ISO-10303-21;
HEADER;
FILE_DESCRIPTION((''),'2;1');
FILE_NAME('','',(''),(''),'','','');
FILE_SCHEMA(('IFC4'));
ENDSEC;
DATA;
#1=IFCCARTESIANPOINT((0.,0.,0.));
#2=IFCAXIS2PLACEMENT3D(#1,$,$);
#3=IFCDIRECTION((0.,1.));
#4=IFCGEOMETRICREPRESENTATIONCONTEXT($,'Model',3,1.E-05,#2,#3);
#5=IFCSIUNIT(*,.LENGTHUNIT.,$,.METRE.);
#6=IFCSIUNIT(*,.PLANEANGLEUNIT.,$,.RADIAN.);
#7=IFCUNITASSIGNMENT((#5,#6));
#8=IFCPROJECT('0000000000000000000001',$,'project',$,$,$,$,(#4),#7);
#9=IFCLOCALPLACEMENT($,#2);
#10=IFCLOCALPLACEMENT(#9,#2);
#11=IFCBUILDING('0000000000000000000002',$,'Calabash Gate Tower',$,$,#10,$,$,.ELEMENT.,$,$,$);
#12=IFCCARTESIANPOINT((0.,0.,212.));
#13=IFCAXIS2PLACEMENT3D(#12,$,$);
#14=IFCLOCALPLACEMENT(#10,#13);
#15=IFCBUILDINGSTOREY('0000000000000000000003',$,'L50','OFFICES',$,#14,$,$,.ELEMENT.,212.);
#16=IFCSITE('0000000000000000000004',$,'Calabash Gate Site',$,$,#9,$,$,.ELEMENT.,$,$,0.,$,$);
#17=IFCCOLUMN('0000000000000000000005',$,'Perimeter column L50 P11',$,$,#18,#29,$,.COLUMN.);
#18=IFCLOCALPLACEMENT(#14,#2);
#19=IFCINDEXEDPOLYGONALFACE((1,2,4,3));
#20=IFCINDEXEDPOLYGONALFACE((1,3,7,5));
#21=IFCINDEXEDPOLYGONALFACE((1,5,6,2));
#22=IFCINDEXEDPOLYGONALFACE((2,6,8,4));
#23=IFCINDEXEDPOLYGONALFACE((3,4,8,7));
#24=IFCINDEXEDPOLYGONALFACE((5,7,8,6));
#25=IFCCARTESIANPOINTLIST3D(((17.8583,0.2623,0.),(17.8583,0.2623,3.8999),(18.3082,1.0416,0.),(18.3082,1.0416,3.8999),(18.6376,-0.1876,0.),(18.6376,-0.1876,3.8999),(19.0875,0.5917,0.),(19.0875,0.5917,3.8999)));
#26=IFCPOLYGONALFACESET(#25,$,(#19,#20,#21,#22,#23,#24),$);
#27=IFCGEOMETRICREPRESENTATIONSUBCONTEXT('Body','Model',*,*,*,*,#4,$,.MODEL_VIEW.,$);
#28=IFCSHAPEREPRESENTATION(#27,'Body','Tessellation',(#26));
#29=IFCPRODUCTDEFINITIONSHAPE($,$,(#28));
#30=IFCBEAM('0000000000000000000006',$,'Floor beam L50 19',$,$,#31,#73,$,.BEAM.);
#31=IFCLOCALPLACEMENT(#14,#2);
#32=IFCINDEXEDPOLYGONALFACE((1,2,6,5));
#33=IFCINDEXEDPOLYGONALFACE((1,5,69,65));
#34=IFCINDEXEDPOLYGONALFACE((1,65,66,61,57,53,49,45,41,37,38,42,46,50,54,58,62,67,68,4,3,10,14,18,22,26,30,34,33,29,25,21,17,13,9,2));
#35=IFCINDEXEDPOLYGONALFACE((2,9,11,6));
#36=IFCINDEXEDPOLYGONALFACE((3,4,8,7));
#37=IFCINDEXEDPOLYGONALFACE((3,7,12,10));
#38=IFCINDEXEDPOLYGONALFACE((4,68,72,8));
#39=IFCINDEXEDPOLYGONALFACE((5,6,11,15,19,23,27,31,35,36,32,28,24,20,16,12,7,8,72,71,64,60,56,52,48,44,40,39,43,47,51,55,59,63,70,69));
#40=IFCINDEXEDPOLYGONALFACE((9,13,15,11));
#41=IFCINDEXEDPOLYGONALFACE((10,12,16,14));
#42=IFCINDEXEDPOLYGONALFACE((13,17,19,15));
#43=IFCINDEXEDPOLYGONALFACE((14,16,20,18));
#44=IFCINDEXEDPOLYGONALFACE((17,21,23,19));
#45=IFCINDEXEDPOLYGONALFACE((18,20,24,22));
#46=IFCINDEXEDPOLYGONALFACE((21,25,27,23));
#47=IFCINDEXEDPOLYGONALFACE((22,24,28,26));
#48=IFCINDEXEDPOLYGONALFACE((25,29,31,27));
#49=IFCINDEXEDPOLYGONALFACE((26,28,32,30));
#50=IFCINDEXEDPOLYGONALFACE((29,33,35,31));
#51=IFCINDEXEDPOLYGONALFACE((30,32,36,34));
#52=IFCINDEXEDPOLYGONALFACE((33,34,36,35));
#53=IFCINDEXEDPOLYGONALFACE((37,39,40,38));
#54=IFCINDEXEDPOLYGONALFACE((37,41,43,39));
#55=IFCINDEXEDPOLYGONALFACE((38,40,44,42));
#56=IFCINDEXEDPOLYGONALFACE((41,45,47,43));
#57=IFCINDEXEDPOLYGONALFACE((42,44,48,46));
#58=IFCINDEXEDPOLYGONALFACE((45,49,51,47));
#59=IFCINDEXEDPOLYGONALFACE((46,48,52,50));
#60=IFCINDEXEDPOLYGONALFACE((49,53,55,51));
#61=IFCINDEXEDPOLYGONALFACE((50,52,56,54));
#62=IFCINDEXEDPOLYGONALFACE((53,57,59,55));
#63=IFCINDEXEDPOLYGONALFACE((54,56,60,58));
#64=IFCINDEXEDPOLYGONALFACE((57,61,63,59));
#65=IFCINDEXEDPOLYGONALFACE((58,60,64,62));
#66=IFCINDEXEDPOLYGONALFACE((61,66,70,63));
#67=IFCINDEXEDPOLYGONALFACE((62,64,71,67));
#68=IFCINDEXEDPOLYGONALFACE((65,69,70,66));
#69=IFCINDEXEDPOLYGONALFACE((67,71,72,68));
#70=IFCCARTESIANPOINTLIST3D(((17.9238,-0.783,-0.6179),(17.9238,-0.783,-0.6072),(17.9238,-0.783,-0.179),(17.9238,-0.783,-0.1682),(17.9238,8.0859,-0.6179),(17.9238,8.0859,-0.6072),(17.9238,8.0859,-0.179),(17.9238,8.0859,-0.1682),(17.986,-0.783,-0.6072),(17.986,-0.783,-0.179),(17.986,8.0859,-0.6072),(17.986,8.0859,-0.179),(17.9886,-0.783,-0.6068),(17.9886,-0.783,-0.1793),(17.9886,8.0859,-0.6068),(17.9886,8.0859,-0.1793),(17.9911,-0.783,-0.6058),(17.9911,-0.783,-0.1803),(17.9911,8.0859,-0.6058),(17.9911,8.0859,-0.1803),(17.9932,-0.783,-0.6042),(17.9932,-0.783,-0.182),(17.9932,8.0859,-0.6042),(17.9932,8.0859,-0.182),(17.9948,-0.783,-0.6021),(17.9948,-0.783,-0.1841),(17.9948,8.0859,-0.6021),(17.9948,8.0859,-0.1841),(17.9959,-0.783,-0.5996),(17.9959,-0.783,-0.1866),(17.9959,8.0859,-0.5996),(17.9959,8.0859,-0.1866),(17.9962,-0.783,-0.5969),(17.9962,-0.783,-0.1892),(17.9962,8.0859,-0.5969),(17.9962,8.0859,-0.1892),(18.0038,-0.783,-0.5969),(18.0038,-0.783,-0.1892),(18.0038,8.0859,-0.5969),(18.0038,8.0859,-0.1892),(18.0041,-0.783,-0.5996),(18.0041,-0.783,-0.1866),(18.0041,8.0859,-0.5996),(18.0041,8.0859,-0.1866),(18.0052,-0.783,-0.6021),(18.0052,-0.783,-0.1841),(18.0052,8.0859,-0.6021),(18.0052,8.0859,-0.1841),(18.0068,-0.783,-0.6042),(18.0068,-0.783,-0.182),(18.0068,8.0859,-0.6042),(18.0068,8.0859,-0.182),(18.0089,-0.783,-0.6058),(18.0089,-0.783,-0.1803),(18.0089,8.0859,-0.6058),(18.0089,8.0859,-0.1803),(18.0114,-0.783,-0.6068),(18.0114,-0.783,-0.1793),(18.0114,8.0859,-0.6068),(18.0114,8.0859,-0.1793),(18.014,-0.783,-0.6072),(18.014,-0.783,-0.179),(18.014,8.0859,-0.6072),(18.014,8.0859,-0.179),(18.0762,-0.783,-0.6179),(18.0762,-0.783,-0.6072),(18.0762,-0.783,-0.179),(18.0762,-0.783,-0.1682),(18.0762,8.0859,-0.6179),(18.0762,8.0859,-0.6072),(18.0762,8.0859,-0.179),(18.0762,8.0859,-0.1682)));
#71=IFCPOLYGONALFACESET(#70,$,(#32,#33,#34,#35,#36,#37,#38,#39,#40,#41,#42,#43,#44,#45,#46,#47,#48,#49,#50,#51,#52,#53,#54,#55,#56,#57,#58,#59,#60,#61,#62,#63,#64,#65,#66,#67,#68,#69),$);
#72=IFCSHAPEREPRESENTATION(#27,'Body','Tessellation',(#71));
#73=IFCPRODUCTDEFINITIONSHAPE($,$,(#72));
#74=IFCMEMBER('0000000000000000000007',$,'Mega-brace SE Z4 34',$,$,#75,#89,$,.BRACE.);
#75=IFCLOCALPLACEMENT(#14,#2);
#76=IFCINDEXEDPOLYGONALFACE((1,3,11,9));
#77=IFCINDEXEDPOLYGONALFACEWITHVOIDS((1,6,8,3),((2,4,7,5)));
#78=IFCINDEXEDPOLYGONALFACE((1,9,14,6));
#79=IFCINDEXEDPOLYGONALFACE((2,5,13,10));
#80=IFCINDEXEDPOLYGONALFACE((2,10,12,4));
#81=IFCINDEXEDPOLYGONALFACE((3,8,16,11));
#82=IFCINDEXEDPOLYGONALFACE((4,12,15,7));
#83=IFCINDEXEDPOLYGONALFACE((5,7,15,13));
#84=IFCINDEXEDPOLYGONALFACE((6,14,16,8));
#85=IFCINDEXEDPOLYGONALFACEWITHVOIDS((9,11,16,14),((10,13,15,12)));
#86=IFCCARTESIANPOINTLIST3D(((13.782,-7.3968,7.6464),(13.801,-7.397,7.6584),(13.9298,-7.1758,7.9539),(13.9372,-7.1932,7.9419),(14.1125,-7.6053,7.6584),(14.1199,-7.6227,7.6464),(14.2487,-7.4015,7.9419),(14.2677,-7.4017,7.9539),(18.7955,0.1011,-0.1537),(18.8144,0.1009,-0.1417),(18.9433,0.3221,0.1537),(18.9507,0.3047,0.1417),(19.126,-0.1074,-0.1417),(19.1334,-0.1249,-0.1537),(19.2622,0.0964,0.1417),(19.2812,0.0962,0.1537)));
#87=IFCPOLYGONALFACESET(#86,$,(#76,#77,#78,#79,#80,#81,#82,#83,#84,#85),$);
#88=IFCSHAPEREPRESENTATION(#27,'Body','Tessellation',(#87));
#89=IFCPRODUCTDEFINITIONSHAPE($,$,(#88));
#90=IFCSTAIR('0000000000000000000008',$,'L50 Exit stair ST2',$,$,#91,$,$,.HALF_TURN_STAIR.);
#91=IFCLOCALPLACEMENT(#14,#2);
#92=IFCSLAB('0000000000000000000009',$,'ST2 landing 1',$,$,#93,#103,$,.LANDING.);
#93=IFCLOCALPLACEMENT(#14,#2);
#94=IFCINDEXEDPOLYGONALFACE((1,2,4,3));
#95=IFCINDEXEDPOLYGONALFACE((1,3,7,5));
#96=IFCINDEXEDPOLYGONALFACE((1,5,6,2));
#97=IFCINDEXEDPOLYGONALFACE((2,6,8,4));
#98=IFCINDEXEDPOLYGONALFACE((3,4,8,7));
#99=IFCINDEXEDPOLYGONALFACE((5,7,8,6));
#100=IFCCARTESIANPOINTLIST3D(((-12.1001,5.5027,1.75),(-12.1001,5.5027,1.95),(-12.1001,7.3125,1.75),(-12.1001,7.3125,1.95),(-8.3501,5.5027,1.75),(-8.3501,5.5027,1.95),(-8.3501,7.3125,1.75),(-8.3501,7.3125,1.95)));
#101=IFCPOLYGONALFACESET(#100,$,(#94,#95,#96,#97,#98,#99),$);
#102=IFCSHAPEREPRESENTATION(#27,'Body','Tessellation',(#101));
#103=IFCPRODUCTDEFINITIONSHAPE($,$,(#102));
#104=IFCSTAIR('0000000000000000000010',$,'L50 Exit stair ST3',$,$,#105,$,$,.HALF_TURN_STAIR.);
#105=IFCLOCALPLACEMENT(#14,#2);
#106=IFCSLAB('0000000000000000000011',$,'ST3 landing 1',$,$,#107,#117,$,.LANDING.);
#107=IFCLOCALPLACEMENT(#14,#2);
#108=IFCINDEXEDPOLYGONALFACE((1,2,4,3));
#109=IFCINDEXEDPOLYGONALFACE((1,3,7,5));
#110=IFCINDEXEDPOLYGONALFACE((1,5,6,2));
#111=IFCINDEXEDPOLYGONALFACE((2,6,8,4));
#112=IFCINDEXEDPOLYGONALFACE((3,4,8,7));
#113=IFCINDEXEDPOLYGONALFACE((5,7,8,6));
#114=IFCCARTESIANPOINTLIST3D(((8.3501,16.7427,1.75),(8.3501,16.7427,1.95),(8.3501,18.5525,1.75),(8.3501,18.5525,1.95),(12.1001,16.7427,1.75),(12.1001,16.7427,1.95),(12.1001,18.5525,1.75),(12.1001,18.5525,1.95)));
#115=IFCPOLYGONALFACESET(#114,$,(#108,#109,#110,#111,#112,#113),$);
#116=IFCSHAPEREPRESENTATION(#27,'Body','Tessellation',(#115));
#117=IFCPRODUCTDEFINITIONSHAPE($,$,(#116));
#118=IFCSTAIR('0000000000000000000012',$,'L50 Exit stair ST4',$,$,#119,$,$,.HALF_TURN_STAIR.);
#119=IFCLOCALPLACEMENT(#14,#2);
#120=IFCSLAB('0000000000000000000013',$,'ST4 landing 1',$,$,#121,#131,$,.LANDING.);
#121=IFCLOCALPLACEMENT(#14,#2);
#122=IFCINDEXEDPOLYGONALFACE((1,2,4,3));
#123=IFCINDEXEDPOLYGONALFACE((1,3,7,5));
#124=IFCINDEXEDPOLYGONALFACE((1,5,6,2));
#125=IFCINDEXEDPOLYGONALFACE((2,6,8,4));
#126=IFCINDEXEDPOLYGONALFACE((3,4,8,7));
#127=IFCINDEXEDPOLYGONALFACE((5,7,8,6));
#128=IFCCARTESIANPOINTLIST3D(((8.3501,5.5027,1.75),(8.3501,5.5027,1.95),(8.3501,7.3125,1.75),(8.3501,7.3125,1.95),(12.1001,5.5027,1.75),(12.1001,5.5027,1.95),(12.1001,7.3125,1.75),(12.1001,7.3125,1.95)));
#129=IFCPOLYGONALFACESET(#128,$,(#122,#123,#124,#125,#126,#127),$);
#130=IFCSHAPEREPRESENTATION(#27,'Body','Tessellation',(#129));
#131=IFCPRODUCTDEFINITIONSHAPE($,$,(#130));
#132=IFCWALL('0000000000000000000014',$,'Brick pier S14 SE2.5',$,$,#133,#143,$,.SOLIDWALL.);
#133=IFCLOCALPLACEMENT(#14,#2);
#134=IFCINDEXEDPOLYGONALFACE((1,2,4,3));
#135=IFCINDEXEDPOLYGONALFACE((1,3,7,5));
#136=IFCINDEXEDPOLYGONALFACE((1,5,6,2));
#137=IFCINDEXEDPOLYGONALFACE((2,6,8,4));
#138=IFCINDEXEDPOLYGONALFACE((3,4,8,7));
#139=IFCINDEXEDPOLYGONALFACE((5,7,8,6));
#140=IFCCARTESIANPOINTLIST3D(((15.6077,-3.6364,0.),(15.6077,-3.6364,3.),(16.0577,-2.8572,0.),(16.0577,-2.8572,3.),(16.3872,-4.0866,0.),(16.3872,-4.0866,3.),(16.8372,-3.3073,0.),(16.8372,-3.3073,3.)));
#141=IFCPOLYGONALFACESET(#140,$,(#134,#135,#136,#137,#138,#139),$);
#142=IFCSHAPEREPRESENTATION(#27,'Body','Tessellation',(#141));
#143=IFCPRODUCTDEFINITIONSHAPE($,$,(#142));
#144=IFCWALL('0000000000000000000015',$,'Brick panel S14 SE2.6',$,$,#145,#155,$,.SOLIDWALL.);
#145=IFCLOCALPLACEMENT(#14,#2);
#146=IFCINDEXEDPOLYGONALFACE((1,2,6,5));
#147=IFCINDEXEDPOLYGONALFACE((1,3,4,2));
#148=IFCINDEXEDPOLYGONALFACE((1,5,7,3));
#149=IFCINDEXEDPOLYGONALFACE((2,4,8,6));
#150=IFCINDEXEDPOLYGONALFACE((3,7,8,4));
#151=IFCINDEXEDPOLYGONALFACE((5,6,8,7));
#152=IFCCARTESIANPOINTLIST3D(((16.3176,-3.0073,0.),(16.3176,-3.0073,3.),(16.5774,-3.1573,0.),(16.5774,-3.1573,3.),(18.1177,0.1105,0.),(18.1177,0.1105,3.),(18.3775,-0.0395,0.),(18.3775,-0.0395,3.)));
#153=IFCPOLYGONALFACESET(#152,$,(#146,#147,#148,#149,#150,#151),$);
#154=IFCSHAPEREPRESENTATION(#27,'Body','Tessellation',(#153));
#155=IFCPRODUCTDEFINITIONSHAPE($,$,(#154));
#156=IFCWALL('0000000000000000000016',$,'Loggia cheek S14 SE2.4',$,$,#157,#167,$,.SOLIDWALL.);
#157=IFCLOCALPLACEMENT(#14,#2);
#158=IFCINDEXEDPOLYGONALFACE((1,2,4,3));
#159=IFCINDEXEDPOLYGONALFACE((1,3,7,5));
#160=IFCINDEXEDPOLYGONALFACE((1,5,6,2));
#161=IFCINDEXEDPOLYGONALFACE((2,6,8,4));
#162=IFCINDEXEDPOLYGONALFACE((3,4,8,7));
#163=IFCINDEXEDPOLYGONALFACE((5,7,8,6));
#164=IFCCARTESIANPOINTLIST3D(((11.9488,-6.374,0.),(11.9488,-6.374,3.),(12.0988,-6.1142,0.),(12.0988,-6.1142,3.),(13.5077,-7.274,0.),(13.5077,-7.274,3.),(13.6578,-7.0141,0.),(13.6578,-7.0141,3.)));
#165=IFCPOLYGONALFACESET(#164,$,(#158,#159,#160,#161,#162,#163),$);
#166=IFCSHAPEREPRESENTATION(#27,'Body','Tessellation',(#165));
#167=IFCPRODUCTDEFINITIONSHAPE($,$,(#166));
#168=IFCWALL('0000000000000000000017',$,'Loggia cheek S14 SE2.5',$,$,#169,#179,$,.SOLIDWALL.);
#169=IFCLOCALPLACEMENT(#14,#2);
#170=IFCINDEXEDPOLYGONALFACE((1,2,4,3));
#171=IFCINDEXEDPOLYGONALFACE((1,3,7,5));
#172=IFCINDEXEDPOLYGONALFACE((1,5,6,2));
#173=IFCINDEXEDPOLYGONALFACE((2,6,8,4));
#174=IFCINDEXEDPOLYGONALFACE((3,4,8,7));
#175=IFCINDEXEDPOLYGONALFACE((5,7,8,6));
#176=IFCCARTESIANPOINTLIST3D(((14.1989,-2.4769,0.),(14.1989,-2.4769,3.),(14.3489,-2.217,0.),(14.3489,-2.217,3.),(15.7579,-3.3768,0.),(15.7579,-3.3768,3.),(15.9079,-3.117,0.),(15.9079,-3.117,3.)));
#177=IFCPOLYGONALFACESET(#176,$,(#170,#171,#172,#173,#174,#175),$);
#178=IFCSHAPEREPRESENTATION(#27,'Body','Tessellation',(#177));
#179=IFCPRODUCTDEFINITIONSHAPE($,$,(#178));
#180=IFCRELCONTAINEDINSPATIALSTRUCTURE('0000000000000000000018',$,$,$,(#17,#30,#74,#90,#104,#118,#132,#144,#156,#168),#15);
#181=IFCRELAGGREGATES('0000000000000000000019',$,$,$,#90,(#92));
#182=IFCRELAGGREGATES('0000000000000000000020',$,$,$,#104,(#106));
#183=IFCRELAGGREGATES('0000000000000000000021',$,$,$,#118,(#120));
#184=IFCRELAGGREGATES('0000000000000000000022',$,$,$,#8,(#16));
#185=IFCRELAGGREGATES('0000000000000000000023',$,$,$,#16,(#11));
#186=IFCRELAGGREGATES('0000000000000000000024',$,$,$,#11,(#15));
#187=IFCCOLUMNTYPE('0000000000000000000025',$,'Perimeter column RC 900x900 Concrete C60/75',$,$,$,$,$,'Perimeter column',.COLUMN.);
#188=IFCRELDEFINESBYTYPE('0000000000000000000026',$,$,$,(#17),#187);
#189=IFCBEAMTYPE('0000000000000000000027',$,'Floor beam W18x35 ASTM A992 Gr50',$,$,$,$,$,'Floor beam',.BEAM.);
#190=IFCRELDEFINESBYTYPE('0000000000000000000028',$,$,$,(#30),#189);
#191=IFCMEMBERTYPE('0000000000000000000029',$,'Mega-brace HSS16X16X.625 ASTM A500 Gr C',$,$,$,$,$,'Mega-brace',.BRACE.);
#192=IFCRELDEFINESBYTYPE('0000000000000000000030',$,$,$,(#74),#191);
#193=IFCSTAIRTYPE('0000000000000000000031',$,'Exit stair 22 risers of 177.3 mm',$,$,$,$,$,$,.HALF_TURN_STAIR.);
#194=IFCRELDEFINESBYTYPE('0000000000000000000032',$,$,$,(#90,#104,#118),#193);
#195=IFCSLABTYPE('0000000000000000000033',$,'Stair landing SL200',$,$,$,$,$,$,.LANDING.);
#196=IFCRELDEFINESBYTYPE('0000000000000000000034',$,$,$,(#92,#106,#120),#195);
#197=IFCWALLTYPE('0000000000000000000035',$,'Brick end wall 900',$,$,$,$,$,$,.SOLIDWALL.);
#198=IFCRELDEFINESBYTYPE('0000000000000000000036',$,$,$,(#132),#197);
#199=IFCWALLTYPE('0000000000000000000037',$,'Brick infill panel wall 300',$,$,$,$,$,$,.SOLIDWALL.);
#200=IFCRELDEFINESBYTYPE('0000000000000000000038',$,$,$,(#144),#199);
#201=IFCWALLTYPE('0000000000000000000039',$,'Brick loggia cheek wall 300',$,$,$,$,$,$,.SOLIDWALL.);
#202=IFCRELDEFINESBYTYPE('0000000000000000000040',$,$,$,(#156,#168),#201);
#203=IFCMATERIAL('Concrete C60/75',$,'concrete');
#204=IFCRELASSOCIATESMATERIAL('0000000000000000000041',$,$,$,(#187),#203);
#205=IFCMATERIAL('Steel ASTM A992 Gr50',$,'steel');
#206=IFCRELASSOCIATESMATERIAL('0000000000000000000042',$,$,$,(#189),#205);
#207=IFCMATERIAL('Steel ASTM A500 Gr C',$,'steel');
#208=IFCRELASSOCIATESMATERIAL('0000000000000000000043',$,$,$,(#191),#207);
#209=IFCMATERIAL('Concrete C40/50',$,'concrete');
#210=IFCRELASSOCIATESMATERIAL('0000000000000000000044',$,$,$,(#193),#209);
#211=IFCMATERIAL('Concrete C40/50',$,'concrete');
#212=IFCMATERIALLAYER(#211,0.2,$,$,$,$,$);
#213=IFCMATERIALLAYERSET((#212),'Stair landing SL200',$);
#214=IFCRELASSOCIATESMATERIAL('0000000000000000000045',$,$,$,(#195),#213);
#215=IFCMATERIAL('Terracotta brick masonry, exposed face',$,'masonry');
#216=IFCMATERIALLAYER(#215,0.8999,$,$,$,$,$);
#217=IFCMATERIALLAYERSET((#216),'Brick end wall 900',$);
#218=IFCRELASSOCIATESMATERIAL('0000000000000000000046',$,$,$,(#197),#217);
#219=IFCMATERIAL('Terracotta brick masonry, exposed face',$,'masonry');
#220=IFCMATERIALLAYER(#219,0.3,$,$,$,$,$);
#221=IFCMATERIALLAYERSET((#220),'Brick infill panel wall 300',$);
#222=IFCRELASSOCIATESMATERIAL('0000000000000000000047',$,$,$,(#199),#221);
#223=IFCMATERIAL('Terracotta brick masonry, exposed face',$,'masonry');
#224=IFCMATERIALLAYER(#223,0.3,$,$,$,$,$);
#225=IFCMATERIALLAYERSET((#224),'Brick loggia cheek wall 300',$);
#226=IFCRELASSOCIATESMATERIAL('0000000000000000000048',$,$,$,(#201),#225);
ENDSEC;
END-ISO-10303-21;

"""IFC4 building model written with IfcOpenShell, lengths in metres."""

from ifc_helpers import new_model, si_unit, direction, frame, frame_2d, origin, origin_2d, place, context, subcontext, project, spatial, polyline, rectangle, hollow_rectangle, i_section, outline, extrude, material, layer, layer_set, material_profile, profile_set, type_object, element, aggregate, save


model = new_model("IFC4")

# Units and contexts
model_context = context("Model", 3, precision=1e-05, world=origin(), true_north=direction((0.0, 1.0)))
body_context = subcontext(model_context, "Body", "Model", "MODEL_VIEW")
ifc_project = project(units=[si_unit("LENGTHUNIT", "METRE"), si_unit("PLANEANGLEUNIT", "RADIAN")], contexts=[model_context])

# Site, building, storey
site_placement = place(None, origin())
site = spatial("IfcSite", under=ifc_project, at=site_placement, Name="Calabash Gate Site", CompositionType="ELEMENT", RefElevation=0.0)
building_placement = place(site_placement, origin())
building = spatial("IfcBuilding", under=site, at=building_placement, Name="Calabash Gate Tower", CompositionType="ELEMENT")
storey_placement = place(building_placement, frame((0.0, 0.0, 212.0)))
storey = spatial("IfcBuildingStorey", under=building, at=storey_placement, Name="L50", Description="OFFICES", CompositionType="ELEMENT", Elevation=212.0)

# Column
ifc_material_1 = material(Name="Concrete C60/75", Category="concrete")
ifc_material_profile_1 = material_profile(ifc_material_1, rectangle(XDim=0.8999, YDim=0.8999, at=origin_2d()))
ifc_profile_set_1 = profile_set([ifc_material_profile_1], Name="Concrete C60/75")
column_type = type_object("IfcColumnType", Name="Perimeter column RC 900x900 Concrete C60/75", ElementType="Perimeter column", PredefinedType="COLUMN", material=ifc_profile_set_1)
column_placement = place(storey_placement, frame((18.4729, 0.427, 0.0), z_axis=(0.0, 0.0, 1.0), x_axis=(0.5, 0.866025, 0.0)))
element("IfcColumn", 1, at=column_placement, inside=storey, type_object=column_type, Name="Perimeter column L50 P11", PredefinedType="COLUMN", context=body_context, shape_type="SweptSolid", body=[
    extrude(rectangle(XDim=0.8999, YDim=0.8999, at=origin_2d()), origin(), (0.0, 0.0, 1.0), 3.8999),
])

# Beam
ifc_material_2 = material(Name="Steel ASTM A992 Gr50", Category="steel")
ifc_material_profile_2 = material_profile(ifc_material_2, i_section(OverallWidth=0.1523, OverallDepth=0.4497, WebThickness=0.0076, FlangeThickness=0.0107, FilletRadius=0.0103, at=origin_2d()))
ifc_profile_set_2 = profile_set([ifc_material_profile_2], Name="Steel ASTM A992 Gr50")
beam_type = type_object("IfcBeamType", Name="Floor beam W18x35 ASTM A992 Gr50", ElementType="Floor beam", PredefinedType="BEAM", material=ifc_profile_set_2)
beam_placement = place(storey_placement, frame((18.0, -0.783, -0.3931), z_axis=(0.0, 1.0, 0.0), x_axis=(-1.0, 0.0, 0.0)))
element("IfcBeam", 2, at=beam_placement, inside=storey, type_object=beam_type, Name="Floor beam L50 19", PredefinedType="BEAM", context=body_context, shape_type="SweptSolid", body=[
    extrude(i_section(OverallWidth=0.1523, OverallDepth=0.4497, WebThickness=0.0076, FlangeThickness=0.0107, FilletRadius=0.0103, at=origin_2d()), origin(), (0.0, 0.0, 1.0), 8.8689),
])

# Member
ifc_material_3 = material(Name="Steel ASTM A500 Gr C", Category="steel")
ifc_material_profile_3 = material_profile(ifc_material_3, hollow_rectangle(XDim=0.4065, YDim=0.4065, WallThickness=0.0159, at=origin_2d()))
ifc_profile_set_3 = profile_set([ifc_material_profile_3], Name="Steel ASTM A500 Gr C")
member_type = type_object("IfcMemberType", Name="Mega-brace HSS16X16X.625 ASTM A500 Gr C", ElementType="Mega-brace", PredefinedType="BRACE", material=ifc_profile_set_3)
member_placement = place(storey_placement, frame((19.0383, 0.0986, 0.0), z_axis=(-0.420433, -0.628776, 0.654123), x_axis=(0.831287, -0.555843, 0.0)))
element("IfcMember", 3, at=member_placement, inside=storey, type_object=member_type, Name="Mega-brace SE Z4 34", PredefinedType="BRACE", context=body_context, shape_type="SweptSolid", body=[
    extrude(hollow_rectangle(XDim=0.4065, YDim=0.4065, WallThickness=0.0159, at=origin_2d()), origin(), (0.0, 0.0, 1.0), 11.9246),
])

# Stairs, slabs
ifc_material_4 = material(Name="Concrete C40/50", Category="concrete")
stair_type = type_object("IfcStairType", Name="Exit stair 22 risers of 177.3 mm", PredefinedType="HALF_TURN_STAIR", material=ifc_material_4)
stair_1_placement = place(storey_placement, origin())
stair_1 = element("IfcStair", 4, at=stair_1_placement, inside=storey, type_object=stair_type, Name="L50 Exit stair ST2", PredefinedType="HALF_TURN_STAIR")
ifc_material_5 = material(Name="Concrete C40/50", Category="concrete")
ifc_layer_1 = layer(ifc_material_5, 0.2)
ifc_layer_set_1 = layer_set([ifc_layer_1], Name="Stair landing SL200")
slab_type = type_object("IfcSlabType", Name="Stair landing SL200", PredefinedType="LANDING", material=ifc_layer_set_1)
slab_1_placement = place(storey_placement, frame((0.0, 0.0, 1.75)))
slab_1 = element("IfcSlab", 5, at=slab_1_placement, type_object=slab_type, Name="ST2 landing 1", PredefinedType="LANDING", context=body_context, shape_type="SweptSolid", body=[
    extrude(outline(polyline([(-12.1001, 7.3125), (-12.1001, 5.5027), (-8.3501, 5.5027), (-8.3501, 7.3125), (-12.1001, 7.3125)])), origin(), (0.0, 0.0, 1.0), 0.2),
])
aggregate(stair_1, [slab_1])
stair_2_placement = place(storey_placement, origin())
stair_2 = element("IfcStair", 6, at=stair_2_placement, inside=storey, type_object=stair_type, Name="L50 Exit stair ST3", PredefinedType="HALF_TURN_STAIR")
slab_2_placement = place(storey_placement, frame((0.0, 0.0, 1.75)))
slab_2 = element("IfcSlab", 7, at=slab_2_placement, type_object=slab_type, Name="ST3 landing 1", PredefinedType="LANDING", context=body_context, shape_type="SweptSolid", body=[
    extrude(outline(polyline([(12.1001, 16.7427), (12.1001, 18.5525), (8.3501, 18.5525), (8.3501, 16.7427), (12.1001, 16.7427)])), origin(), (0.0, 0.0, 1.0), 0.2),
])
aggregate(stair_2, [slab_2])
stair_3_placement = place(storey_placement, origin())
stair_3 = element("IfcStair", 8, at=stair_3_placement, inside=storey, type_object=stair_type, Name="L50 Exit stair ST4", PredefinedType="HALF_TURN_STAIR")
slab_3_placement = place(storey_placement, frame((0.0, 0.0, 1.75)))
slab_3 = element("IfcSlab", 9, at=slab_3_placement, type_object=slab_type, Name="ST4 landing 1", PredefinedType="LANDING", context=body_context, shape_type="SweptSolid", body=[
    extrude(outline(polyline([(8.3501, 7.3125), (8.3501, 5.5027), (12.1001, 5.5027), (12.1001, 7.3125), (8.3501, 7.3125)])), origin(), (0.0, 0.0, 1.0), 0.2),
])
aggregate(stair_3, [slab_3])

# Walls
ifc_material_6 = material(Name="Terracotta brick masonry, exposed face", Category="masonry")
ifc_layer_2 = layer(ifc_material_6, 0.8999)
ifc_layer_set_2 = layer_set([ifc_layer_2], Name="Brick end wall 900")
wall_type_1 = type_object("IfcWallType", Name="Brick end wall 900", PredefinedType="SOLIDWALL", material=ifc_layer_set_2)
wall_1_placement = place(storey_placement, frame((16.6123, -3.697, 0.0), z_axis=(0.0, 0.0, 1.0), x_axis=(-0.865964, 0.500106, 0.0)))
element("IfcWall", 10, at=wall_1_placement, inside=storey, type_object=wall_type_1, Name="Brick pier S14 SE2.5", PredefinedType="SOLIDWALL", context=body_context, shape_type="SweptSolid", body=[
    extrude(rectangle(XDim=0.9001, YDim=0.8999, at=frame_2d((0.4502, 0.0))), origin(), (0.0, 0.0, 1.0), 3.0),
])
ifc_material_7 = material(Name="Terracotta brick masonry, exposed face", Category="masonry")
ifc_layer_3 = layer(ifc_material_7, 0.3)
ifc_layer_set_3 = layer_set([ifc_layer_3], Name="Brick infill panel wall 300")
wall_type_2 = type_object("IfcWallType", Name="Brick infill panel wall 300", PredefinedType="SOLIDWALL", material=ifc_layer_set_3)
wall_2_placement = place(storey_placement, frame((16.4475, -3.0823, 0.0), z_axis=(0.0, 0.0, 1.0), x_axis=(0.500012, 0.866018, 0.0)))
element("IfcWall", 11, at=wall_2_placement, inside=storey, type_object=wall_type_2, Name="Brick panel S14 SE2.6", PredefinedType="SOLIDWALL", context=body_context, shape_type="SweptSolid", body=[
    extrude(rectangle(XDim=3.6001, YDim=0.3, at=frame_2d((1.8, 0.0))), origin(), (0.0, 0.0, 1.0), 3.0),
])
ifc_material_8 = material(Name="Terracotta brick masonry, exposed face", Category="masonry")
ifc_layer_4 = layer(ifc_material_8, 0.3)
ifc_layer_set_4 = layer_set([ifc_layer_4], Name="Brick loggia cheek wall 300")
wall_type_3 = type_object("IfcWallType", Name="Brick loggia cheek wall 300", PredefinedType="SOLIDWALL", material=ifc_layer_set_4)
for number, where, z_axis, x_axis, name in (
    (12, (12.0239, -6.2441, 0.0), (0.0, 0.0, 1.0), (0.866048, -0.499961, 0.0), "Loggia cheek S14 SE2.4"),
    (13, (15.8328, -3.2468, 0.0), (0.0, 0.0, 1.0), (-0.866048, 0.499961, 0.0), "Loggia cheek S14 SE2.5"),
):
    element("IfcWall", number, at=place(storey_placement, frame(where, z_axis=z_axis, x_axis=x_axis)), inside=storey, type_object=wall_type_3, Name=name, PredefinedType="SOLIDWALL", context=body_context, shape_type="SweptSolid", body=[
        extrude(rectangle(XDim=1.8, YDim=0.3, at=frame_2d((0.8999, 0.0))), origin(), (0.0, 0.0, 1.0), 3.0),
    ])

save(model, "model.ifc")
